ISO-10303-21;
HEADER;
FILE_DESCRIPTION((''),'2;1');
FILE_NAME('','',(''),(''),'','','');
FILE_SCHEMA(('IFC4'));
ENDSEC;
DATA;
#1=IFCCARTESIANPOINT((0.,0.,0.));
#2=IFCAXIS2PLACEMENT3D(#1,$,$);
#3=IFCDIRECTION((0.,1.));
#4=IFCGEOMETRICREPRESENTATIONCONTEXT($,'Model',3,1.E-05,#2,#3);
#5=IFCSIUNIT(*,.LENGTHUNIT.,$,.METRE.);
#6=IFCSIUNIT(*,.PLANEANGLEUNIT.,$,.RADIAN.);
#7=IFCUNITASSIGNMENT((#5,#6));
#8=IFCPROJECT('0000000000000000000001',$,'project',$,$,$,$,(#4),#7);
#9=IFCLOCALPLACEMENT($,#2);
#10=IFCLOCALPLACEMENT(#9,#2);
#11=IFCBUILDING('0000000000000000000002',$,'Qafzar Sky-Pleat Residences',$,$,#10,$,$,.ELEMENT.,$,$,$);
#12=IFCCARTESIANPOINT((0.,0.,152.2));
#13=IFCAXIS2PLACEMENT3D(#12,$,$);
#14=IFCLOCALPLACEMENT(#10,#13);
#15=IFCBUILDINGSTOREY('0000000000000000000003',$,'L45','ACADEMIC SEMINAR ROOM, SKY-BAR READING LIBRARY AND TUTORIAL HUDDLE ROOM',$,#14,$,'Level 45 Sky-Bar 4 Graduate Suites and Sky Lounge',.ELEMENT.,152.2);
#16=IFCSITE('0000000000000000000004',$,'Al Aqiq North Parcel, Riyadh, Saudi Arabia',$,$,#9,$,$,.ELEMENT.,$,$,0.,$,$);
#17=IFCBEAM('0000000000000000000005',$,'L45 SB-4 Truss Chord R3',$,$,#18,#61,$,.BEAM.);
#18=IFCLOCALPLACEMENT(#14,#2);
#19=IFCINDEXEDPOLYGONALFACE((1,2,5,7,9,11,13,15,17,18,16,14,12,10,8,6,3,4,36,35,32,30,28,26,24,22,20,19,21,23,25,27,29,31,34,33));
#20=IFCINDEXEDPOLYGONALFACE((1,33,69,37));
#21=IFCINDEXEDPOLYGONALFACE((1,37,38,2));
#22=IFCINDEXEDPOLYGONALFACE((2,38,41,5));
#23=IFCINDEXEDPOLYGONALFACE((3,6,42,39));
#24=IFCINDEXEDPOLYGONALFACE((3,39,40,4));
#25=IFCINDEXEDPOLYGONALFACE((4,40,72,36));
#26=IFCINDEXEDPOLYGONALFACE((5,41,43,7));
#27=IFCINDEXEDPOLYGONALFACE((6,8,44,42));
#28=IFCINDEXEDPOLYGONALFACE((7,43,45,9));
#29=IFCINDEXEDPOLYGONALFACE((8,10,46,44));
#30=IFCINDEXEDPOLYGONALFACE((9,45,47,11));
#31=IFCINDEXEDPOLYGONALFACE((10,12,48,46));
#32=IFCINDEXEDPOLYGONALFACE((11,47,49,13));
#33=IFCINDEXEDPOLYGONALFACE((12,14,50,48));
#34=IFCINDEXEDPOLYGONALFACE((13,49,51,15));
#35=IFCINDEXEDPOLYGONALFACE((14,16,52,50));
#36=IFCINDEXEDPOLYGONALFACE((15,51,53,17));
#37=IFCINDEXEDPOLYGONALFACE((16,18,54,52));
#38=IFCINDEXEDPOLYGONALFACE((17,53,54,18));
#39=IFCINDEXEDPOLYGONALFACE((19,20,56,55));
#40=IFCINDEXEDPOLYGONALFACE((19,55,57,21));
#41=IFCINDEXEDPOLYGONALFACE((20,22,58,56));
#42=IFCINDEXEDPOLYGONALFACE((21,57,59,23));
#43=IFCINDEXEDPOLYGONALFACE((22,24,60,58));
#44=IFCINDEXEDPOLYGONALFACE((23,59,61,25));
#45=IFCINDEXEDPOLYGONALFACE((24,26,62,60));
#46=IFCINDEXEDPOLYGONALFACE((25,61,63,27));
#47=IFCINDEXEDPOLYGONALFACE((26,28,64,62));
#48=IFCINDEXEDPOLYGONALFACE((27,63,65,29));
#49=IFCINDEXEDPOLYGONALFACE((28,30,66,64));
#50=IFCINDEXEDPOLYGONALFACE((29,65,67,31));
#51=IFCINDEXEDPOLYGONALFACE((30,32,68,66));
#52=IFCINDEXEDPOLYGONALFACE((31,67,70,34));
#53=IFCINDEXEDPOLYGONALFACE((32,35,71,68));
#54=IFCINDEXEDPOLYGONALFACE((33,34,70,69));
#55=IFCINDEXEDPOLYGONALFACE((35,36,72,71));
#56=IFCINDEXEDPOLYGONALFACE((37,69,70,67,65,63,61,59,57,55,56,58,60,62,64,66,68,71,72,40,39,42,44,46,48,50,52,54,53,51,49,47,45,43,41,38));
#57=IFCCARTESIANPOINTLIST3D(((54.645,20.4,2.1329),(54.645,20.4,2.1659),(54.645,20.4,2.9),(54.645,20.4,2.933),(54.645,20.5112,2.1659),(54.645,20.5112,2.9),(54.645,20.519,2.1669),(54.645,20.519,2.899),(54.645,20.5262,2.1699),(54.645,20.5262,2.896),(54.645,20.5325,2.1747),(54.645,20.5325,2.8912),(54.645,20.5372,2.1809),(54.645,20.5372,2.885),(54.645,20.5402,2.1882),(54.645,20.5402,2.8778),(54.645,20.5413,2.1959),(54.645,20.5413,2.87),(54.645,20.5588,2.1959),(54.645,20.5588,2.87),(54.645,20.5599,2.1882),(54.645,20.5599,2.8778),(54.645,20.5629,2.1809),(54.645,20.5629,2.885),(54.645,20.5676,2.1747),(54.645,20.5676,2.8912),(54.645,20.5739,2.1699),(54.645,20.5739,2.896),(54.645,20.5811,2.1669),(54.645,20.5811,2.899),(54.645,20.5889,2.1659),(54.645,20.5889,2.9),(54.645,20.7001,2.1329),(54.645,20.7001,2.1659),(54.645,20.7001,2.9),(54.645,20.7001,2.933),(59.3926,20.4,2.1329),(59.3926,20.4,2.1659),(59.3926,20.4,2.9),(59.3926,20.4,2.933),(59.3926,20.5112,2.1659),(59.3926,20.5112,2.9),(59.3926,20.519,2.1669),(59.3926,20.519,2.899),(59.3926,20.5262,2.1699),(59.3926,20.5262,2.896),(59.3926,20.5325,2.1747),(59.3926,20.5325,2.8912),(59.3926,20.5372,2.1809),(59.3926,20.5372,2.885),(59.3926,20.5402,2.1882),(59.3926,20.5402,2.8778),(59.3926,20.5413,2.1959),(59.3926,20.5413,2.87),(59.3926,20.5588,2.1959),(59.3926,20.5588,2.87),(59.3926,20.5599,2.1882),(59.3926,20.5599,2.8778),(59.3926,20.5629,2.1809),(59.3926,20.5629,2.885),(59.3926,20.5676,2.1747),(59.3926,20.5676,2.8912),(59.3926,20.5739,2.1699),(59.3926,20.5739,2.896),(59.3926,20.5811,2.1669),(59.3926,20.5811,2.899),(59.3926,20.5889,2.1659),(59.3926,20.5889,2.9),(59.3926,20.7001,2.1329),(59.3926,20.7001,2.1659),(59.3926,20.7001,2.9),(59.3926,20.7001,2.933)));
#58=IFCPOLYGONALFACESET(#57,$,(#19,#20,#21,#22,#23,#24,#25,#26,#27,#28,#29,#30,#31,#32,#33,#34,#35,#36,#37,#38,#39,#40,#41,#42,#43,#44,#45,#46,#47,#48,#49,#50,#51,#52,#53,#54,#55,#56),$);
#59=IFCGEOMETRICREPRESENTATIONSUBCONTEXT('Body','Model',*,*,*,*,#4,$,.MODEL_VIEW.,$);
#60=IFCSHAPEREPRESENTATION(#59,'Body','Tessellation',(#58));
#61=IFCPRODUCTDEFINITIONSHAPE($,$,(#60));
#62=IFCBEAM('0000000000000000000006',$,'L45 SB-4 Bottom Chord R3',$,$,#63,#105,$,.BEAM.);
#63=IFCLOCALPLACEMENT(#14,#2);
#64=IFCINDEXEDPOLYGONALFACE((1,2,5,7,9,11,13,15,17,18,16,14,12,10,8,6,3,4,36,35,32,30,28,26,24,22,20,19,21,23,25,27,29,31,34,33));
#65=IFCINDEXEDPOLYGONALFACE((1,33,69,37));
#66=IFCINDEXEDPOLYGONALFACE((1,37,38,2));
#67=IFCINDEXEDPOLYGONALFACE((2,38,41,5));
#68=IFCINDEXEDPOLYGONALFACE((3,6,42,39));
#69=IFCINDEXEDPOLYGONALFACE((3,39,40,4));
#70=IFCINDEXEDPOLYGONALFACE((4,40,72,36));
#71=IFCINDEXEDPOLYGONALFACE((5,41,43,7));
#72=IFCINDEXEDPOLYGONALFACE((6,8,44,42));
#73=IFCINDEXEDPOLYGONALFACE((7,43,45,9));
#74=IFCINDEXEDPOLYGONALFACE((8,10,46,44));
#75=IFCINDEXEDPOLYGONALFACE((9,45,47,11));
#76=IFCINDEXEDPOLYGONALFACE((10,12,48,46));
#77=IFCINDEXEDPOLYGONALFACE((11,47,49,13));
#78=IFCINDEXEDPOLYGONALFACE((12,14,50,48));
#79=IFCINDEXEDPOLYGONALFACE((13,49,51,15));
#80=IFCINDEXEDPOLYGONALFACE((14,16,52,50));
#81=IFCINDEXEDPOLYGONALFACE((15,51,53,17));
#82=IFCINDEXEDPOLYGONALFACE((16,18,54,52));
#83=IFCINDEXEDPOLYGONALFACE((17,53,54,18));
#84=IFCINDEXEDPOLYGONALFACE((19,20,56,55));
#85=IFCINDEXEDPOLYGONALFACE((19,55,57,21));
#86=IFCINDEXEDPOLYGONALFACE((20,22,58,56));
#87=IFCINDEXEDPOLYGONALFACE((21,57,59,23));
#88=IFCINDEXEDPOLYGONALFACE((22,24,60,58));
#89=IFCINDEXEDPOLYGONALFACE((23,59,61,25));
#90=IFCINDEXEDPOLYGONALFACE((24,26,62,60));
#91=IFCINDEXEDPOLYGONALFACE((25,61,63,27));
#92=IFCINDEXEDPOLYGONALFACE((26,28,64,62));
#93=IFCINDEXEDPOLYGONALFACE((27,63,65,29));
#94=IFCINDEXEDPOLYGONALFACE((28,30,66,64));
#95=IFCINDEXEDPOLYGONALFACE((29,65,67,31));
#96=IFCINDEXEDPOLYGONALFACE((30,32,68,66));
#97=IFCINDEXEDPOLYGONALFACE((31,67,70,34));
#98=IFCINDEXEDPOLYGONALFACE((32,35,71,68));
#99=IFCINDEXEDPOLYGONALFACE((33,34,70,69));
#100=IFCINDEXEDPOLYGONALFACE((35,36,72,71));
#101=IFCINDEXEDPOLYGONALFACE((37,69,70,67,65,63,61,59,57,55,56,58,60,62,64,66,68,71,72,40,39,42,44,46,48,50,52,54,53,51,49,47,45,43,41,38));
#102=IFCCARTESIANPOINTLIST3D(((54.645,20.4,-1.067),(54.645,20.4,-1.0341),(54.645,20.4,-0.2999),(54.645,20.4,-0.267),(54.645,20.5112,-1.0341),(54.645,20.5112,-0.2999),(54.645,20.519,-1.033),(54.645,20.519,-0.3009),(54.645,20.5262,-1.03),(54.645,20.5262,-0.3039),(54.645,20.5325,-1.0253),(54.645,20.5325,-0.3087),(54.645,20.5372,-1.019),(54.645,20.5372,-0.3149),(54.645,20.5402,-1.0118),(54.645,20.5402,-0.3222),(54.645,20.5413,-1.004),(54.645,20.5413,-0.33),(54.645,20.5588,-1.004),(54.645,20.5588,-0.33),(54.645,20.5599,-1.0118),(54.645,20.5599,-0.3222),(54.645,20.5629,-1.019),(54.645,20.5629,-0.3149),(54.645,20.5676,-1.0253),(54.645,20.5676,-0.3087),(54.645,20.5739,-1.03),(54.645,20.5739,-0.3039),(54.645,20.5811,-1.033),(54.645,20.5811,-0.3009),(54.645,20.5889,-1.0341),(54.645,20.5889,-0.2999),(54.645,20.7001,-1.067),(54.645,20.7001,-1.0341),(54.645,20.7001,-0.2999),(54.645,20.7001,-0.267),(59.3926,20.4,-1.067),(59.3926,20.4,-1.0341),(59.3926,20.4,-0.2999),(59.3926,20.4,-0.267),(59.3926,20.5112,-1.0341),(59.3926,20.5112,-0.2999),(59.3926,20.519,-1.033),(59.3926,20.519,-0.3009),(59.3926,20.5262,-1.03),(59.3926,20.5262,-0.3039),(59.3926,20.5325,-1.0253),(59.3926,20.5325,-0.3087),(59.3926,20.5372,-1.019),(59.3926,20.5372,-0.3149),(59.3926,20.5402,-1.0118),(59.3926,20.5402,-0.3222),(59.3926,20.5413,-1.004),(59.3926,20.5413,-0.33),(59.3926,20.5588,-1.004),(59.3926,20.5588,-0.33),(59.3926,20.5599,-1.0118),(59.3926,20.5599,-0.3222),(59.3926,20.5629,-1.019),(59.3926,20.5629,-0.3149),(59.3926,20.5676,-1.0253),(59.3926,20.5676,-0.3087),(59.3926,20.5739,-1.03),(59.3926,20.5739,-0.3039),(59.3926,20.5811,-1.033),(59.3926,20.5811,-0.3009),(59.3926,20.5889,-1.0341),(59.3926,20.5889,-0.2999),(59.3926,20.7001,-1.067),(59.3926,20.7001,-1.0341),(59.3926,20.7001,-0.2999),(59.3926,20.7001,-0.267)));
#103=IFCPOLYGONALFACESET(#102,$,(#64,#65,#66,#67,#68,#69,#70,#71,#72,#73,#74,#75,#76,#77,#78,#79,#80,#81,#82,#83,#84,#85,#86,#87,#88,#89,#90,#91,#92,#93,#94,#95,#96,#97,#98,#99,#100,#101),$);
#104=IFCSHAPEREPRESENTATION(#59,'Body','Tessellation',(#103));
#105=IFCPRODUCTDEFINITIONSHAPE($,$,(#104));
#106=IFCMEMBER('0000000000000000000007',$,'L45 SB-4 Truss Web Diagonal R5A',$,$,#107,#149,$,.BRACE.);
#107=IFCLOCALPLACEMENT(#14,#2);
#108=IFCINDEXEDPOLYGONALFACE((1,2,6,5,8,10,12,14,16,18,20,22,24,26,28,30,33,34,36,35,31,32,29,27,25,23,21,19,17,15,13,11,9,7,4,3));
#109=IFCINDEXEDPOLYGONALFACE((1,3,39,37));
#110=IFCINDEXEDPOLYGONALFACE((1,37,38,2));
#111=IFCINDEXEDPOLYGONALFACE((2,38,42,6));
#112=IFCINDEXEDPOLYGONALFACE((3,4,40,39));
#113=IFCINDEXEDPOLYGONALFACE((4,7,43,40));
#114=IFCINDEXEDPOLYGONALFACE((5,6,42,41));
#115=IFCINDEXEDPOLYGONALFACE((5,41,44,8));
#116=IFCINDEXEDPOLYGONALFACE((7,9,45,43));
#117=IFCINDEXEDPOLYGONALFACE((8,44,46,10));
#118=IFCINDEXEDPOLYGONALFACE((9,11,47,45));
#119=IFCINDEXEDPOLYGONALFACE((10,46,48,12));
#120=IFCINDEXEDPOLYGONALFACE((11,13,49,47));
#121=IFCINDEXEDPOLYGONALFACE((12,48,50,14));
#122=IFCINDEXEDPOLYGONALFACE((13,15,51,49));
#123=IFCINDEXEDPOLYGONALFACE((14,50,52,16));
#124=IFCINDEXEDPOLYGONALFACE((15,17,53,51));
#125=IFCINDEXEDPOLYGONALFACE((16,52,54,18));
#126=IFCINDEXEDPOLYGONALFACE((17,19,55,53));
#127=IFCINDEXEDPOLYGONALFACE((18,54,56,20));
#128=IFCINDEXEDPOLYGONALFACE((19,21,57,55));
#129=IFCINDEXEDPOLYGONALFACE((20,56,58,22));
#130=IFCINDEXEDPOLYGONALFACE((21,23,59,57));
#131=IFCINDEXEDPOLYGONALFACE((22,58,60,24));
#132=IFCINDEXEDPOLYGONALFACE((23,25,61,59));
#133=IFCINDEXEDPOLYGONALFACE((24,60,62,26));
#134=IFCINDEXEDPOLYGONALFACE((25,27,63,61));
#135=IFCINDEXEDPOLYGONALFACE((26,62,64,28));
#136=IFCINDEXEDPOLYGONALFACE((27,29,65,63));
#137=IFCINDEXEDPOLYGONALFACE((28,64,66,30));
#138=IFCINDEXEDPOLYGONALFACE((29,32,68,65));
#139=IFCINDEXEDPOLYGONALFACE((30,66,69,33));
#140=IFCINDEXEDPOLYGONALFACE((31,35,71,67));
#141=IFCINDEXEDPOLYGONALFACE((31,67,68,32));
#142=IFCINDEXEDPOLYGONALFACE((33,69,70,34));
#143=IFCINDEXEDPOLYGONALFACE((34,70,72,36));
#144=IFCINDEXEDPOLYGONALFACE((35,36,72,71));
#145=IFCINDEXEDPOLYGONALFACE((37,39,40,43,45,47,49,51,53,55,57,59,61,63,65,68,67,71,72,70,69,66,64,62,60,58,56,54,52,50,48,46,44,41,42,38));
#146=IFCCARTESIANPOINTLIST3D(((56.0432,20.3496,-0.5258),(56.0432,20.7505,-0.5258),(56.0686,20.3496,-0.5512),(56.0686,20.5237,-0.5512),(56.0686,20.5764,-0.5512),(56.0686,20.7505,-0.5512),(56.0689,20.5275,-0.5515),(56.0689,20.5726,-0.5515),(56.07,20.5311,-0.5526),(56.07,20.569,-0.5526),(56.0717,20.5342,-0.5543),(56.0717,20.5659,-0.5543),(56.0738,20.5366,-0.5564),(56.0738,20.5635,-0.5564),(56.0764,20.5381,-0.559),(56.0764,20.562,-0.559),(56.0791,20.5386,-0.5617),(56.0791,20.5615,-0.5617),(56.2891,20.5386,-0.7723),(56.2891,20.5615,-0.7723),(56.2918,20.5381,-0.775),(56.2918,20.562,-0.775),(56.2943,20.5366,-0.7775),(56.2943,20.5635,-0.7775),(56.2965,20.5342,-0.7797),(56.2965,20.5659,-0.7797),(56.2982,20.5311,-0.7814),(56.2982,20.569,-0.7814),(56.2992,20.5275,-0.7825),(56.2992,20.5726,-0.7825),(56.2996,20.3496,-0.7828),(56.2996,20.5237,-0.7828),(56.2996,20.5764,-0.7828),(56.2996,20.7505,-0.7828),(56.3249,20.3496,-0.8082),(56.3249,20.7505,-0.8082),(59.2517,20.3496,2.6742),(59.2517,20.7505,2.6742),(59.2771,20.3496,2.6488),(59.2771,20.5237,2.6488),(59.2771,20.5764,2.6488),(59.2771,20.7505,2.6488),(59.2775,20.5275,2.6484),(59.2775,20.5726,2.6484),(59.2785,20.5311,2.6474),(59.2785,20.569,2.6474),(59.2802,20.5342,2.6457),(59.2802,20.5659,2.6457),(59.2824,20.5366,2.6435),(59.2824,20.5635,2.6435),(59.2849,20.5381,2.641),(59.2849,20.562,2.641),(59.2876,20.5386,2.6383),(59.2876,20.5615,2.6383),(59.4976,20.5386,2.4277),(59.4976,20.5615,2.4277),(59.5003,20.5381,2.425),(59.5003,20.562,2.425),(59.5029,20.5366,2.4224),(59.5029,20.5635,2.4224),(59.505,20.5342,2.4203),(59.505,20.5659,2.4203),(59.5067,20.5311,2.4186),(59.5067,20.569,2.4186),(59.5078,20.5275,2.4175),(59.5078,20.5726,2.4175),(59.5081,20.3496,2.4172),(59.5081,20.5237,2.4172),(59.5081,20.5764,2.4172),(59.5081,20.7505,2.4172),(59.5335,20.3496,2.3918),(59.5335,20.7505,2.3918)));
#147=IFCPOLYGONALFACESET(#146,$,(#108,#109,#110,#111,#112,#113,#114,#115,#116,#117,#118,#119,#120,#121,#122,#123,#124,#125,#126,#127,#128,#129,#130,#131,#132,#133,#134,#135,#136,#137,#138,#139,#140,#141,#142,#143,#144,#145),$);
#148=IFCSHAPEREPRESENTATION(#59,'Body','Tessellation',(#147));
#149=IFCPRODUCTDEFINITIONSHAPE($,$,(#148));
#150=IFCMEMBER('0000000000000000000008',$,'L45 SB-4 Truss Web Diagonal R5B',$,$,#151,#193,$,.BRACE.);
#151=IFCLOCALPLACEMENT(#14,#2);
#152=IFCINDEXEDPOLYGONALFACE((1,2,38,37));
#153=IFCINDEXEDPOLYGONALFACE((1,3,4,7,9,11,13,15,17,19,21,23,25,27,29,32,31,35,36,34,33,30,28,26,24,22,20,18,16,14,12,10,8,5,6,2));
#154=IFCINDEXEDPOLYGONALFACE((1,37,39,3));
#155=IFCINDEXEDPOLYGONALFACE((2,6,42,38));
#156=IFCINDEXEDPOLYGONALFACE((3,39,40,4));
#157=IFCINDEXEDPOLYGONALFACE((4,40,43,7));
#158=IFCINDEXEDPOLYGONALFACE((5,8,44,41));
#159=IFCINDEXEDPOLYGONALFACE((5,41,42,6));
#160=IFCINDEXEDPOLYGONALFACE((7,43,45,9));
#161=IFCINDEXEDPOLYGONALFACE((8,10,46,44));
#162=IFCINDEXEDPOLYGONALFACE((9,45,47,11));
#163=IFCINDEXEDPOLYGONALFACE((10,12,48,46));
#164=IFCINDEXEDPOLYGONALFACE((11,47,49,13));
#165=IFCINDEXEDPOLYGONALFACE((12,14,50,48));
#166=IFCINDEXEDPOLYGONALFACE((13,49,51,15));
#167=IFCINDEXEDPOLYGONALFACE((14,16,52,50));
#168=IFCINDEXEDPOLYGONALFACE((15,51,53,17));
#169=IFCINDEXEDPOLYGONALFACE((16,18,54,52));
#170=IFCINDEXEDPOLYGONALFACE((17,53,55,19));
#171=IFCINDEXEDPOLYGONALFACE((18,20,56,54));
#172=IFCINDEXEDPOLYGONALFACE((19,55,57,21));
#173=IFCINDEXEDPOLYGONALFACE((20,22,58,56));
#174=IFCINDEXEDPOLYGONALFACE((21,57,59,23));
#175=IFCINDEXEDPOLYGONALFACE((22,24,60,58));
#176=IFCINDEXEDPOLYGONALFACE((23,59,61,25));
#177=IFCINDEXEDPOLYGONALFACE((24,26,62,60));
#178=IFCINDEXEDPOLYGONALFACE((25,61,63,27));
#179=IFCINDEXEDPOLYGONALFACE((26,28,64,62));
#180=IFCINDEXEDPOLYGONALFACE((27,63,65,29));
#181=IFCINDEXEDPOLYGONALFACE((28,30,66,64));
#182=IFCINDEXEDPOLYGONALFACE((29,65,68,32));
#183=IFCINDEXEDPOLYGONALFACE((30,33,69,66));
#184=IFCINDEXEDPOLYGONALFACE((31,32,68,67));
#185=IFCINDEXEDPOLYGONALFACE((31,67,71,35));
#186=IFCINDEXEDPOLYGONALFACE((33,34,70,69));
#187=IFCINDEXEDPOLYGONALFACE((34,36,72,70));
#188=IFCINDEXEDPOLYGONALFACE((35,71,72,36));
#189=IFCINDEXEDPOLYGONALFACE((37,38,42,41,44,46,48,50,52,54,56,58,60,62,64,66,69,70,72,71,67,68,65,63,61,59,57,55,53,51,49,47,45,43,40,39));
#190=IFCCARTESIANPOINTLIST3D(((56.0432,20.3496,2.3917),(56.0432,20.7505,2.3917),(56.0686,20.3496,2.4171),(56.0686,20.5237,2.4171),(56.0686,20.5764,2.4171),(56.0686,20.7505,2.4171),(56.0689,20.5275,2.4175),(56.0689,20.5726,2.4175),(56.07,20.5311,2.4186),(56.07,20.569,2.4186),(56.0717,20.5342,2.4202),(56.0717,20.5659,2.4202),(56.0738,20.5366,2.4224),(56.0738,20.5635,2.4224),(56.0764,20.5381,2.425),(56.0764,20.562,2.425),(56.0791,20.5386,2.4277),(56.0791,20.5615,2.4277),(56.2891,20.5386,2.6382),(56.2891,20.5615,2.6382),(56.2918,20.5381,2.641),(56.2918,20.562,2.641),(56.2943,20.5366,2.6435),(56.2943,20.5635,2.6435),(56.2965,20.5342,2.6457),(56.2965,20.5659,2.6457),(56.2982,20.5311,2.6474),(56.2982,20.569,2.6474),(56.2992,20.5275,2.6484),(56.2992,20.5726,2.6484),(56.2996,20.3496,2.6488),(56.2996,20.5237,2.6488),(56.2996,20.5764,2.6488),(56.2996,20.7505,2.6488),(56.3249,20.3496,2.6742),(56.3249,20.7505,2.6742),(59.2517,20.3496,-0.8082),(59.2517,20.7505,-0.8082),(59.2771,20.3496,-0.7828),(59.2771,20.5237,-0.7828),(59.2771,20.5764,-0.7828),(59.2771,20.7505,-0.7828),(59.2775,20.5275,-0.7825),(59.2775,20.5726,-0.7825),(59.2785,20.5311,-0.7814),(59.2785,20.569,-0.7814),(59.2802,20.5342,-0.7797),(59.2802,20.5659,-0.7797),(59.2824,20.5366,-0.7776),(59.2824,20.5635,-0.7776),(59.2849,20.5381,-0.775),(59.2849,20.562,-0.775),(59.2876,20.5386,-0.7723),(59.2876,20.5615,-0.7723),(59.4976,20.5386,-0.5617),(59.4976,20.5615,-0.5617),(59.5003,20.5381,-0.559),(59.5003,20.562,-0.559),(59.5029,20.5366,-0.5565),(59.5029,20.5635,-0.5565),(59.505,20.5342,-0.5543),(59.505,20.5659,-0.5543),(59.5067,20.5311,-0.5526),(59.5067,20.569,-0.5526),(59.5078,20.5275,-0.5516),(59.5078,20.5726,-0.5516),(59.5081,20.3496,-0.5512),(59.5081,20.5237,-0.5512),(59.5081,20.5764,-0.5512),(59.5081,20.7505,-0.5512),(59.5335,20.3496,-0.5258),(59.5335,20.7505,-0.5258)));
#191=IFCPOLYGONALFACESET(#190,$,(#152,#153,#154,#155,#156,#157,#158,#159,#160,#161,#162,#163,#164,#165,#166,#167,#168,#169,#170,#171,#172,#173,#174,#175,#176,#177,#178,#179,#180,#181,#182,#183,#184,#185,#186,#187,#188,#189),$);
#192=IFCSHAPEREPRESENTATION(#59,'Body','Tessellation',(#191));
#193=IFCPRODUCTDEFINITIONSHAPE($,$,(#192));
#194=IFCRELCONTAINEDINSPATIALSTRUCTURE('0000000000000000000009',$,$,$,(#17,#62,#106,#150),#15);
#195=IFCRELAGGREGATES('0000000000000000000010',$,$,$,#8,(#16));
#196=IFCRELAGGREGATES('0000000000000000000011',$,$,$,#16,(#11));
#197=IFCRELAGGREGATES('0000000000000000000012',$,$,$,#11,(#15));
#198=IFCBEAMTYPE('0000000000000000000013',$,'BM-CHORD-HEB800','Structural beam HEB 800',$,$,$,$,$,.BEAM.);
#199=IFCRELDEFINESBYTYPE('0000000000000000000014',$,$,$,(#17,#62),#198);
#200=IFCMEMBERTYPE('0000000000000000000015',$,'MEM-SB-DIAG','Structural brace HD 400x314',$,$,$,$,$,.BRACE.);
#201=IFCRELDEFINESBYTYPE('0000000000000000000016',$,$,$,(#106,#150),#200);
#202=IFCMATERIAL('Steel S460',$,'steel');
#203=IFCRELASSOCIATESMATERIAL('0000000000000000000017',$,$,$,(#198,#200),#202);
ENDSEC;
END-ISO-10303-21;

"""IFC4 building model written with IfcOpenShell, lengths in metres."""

from ifc_helpers import new_model, si_unit, direction, frame, origin, origin_2d, place, context, subcontext, project, spatial, i_section, extrude, source, transform, mapped, material, material_profile, profile_set, type_object, element, save


model = new_model("IFC4")

# Units and contexts
model_context = context("Model", 3, precision=1e-05, world=origin(), true_north=direction((0.0, 1.0)))
body_context = subcontext(model_context, "Body", "Model", "MODEL_VIEW")
ifc_project = project(units=[si_unit("LENGTHUNIT", "METRE"), si_unit("PLANEANGLEUNIT", "RADIAN")], contexts=[model_context])

# Site, building, storey
site_placement = place(None, origin())
site = spatial("IfcSite", under=ifc_project, at=site_placement, Name="Al Aqiq North Parcel, Riyadh, Saudi Arabia", CompositionType="ELEMENT", RefElevation=0.0)
building_placement = place(site_placement, origin())
building = spatial("IfcBuilding", under=site, at=building_placement, Name="Qafzar Sky-Pleat Residences", CompositionType="ELEMENT")
storey_placement = place(building_placement, frame((0.0, 0.0, 152.2)))
storey = spatial("IfcBuildingStorey", under=building, at=storey_placement, Name="L45", Description="ACADEMIC SEMINAR ROOM, SKY-BAR READING LIBRARY AND TUTORIAL HUDDLE ROOM", LongName="Level 45 Sky-Bar 4 Graduate Suites and Sky Lounge", CompositionType="ELEMENT", Elevation=152.2)

# Beams
ifc_material_1 = material(Name="Steel S460", Category="steel")
ifc_material_profile_1 = material_profile(ifc_material_1, i_section(OverallWidth=0.3, OverallDepth=0.8, WebThickness=0.0176, FlangeThickness=0.033, FilletRadius=0.03, at=origin_2d()), Name="HEB 800")
ifc_profile_set_1 = profile_set([ifc_material_profile_1], Name="Steel S460")
beam_type_1 = type_object("IfcBeamType", Name="BM-CHORD-HEB800", Description="Structural beam HEB 800", PredefinedType="BEAM", material=ifc_profile_set_1)
shared_shape_1 = source(origin(), body_context, "Body", "SweptSolid", [
    extrude(i_section(OverallWidth=0.3, OverallDepth=0.8, WebThickness=0.0176, FlangeThickness=0.033, FilletRadius=0.03, at=origin_2d()), origin(), (0.0, 0.0, 1.0), 4.7476),
])
for number, where, z_axis, x_axis, name in (
    (1, (54.645, 20.55, 2.533), (1.0, 0.0, 0.0), (0.0, 1.0, 0.0), "L45 SB-4 Truss Chord R3"),
    (2, (54.645, 20.55, -0.667), (1.0, 0.0, 0.0), (0.0, 1.0, 0.0), "L45 SB-4 Bottom Chord R3"),
):
    element("IfcBeam", number, at=place(storey_placement, frame(where, z_axis=z_axis, x_axis=x_axis)), inside=storey, type_object=beam_type_1, Name=name, PredefinedType="BEAM", context=body_context, shape_type="MappedRepresentation", body=[
        mapped(shared_shape_1, transform((0.0, 0.0, 0.0), x_axis=(1.0, 0.0, 0.0), y_axis=(0.0, 1.0, 0.0), z_axis=(0.0, 0.0, 1.0), scale=1.0)),
    ])

# Members
ifc_material_profile_2 = material_profile(ifc_material_1, i_section(OverallWidth=0.4009, OverallDepth=0.3989, WebThickness=0.0229, FlangeThickness=0.0359, FilletRadius=0.0149, at=origin_2d()), Name="HD 400x314")
ifc_profile_set_2 = profile_set([ifc_material_profile_2], Name="Steel S460")
member_type_1 = type_object("IfcMemberType", Name="MEM-SB-DIAG", Description="Structural brace HD 400x314", PredefinedType="BRACE", material=ifc_profile_set_2)
shared_shape_2 = source(origin(), body_context, "Body", "SweptSolid", [
    extrude(i_section(OverallWidth=0.4009, OverallDepth=0.3989, WebThickness=0.0229, FlangeThickness=0.0359, FilletRadius=0.0149, at=origin_2d()), origin(), (0.0, 0.0, 1.0), 4.5315),
])
for number, where, z_axis, x_axis, name in (
    (3, (56.1841, 20.55, -0.667), (0.708049, 0.0, 0.706163), (0.0, 1.0, 0.0), "L45 SB-4 Truss Web Diagonal R5A"),
    (4, (56.1841, 20.55, 2.533), (0.708049, 0.0, -0.706163), (0.0, 1.0, 0.0), "L45 SB-4 Truss Web Diagonal R5B"),
):
    element("IfcMember", number, at=place(storey_placement, frame(where, z_axis=z_axis, x_axis=x_axis)), inside=storey, type_object=member_type_1, Name=name, PredefinedType="BRACE", context=body_context, shape_type="MappedRepresentation", body=[
        mapped(shared_shape_2, transform((0.0, 0.0, 0.0), x_axis=(1.0, 0.0, 0.0), y_axis=(0.0, 1.0, 0.0), z_axis=(0.0, 0.0, 1.0), scale=1.0)),
    ])

save(model, "model.ifc")
